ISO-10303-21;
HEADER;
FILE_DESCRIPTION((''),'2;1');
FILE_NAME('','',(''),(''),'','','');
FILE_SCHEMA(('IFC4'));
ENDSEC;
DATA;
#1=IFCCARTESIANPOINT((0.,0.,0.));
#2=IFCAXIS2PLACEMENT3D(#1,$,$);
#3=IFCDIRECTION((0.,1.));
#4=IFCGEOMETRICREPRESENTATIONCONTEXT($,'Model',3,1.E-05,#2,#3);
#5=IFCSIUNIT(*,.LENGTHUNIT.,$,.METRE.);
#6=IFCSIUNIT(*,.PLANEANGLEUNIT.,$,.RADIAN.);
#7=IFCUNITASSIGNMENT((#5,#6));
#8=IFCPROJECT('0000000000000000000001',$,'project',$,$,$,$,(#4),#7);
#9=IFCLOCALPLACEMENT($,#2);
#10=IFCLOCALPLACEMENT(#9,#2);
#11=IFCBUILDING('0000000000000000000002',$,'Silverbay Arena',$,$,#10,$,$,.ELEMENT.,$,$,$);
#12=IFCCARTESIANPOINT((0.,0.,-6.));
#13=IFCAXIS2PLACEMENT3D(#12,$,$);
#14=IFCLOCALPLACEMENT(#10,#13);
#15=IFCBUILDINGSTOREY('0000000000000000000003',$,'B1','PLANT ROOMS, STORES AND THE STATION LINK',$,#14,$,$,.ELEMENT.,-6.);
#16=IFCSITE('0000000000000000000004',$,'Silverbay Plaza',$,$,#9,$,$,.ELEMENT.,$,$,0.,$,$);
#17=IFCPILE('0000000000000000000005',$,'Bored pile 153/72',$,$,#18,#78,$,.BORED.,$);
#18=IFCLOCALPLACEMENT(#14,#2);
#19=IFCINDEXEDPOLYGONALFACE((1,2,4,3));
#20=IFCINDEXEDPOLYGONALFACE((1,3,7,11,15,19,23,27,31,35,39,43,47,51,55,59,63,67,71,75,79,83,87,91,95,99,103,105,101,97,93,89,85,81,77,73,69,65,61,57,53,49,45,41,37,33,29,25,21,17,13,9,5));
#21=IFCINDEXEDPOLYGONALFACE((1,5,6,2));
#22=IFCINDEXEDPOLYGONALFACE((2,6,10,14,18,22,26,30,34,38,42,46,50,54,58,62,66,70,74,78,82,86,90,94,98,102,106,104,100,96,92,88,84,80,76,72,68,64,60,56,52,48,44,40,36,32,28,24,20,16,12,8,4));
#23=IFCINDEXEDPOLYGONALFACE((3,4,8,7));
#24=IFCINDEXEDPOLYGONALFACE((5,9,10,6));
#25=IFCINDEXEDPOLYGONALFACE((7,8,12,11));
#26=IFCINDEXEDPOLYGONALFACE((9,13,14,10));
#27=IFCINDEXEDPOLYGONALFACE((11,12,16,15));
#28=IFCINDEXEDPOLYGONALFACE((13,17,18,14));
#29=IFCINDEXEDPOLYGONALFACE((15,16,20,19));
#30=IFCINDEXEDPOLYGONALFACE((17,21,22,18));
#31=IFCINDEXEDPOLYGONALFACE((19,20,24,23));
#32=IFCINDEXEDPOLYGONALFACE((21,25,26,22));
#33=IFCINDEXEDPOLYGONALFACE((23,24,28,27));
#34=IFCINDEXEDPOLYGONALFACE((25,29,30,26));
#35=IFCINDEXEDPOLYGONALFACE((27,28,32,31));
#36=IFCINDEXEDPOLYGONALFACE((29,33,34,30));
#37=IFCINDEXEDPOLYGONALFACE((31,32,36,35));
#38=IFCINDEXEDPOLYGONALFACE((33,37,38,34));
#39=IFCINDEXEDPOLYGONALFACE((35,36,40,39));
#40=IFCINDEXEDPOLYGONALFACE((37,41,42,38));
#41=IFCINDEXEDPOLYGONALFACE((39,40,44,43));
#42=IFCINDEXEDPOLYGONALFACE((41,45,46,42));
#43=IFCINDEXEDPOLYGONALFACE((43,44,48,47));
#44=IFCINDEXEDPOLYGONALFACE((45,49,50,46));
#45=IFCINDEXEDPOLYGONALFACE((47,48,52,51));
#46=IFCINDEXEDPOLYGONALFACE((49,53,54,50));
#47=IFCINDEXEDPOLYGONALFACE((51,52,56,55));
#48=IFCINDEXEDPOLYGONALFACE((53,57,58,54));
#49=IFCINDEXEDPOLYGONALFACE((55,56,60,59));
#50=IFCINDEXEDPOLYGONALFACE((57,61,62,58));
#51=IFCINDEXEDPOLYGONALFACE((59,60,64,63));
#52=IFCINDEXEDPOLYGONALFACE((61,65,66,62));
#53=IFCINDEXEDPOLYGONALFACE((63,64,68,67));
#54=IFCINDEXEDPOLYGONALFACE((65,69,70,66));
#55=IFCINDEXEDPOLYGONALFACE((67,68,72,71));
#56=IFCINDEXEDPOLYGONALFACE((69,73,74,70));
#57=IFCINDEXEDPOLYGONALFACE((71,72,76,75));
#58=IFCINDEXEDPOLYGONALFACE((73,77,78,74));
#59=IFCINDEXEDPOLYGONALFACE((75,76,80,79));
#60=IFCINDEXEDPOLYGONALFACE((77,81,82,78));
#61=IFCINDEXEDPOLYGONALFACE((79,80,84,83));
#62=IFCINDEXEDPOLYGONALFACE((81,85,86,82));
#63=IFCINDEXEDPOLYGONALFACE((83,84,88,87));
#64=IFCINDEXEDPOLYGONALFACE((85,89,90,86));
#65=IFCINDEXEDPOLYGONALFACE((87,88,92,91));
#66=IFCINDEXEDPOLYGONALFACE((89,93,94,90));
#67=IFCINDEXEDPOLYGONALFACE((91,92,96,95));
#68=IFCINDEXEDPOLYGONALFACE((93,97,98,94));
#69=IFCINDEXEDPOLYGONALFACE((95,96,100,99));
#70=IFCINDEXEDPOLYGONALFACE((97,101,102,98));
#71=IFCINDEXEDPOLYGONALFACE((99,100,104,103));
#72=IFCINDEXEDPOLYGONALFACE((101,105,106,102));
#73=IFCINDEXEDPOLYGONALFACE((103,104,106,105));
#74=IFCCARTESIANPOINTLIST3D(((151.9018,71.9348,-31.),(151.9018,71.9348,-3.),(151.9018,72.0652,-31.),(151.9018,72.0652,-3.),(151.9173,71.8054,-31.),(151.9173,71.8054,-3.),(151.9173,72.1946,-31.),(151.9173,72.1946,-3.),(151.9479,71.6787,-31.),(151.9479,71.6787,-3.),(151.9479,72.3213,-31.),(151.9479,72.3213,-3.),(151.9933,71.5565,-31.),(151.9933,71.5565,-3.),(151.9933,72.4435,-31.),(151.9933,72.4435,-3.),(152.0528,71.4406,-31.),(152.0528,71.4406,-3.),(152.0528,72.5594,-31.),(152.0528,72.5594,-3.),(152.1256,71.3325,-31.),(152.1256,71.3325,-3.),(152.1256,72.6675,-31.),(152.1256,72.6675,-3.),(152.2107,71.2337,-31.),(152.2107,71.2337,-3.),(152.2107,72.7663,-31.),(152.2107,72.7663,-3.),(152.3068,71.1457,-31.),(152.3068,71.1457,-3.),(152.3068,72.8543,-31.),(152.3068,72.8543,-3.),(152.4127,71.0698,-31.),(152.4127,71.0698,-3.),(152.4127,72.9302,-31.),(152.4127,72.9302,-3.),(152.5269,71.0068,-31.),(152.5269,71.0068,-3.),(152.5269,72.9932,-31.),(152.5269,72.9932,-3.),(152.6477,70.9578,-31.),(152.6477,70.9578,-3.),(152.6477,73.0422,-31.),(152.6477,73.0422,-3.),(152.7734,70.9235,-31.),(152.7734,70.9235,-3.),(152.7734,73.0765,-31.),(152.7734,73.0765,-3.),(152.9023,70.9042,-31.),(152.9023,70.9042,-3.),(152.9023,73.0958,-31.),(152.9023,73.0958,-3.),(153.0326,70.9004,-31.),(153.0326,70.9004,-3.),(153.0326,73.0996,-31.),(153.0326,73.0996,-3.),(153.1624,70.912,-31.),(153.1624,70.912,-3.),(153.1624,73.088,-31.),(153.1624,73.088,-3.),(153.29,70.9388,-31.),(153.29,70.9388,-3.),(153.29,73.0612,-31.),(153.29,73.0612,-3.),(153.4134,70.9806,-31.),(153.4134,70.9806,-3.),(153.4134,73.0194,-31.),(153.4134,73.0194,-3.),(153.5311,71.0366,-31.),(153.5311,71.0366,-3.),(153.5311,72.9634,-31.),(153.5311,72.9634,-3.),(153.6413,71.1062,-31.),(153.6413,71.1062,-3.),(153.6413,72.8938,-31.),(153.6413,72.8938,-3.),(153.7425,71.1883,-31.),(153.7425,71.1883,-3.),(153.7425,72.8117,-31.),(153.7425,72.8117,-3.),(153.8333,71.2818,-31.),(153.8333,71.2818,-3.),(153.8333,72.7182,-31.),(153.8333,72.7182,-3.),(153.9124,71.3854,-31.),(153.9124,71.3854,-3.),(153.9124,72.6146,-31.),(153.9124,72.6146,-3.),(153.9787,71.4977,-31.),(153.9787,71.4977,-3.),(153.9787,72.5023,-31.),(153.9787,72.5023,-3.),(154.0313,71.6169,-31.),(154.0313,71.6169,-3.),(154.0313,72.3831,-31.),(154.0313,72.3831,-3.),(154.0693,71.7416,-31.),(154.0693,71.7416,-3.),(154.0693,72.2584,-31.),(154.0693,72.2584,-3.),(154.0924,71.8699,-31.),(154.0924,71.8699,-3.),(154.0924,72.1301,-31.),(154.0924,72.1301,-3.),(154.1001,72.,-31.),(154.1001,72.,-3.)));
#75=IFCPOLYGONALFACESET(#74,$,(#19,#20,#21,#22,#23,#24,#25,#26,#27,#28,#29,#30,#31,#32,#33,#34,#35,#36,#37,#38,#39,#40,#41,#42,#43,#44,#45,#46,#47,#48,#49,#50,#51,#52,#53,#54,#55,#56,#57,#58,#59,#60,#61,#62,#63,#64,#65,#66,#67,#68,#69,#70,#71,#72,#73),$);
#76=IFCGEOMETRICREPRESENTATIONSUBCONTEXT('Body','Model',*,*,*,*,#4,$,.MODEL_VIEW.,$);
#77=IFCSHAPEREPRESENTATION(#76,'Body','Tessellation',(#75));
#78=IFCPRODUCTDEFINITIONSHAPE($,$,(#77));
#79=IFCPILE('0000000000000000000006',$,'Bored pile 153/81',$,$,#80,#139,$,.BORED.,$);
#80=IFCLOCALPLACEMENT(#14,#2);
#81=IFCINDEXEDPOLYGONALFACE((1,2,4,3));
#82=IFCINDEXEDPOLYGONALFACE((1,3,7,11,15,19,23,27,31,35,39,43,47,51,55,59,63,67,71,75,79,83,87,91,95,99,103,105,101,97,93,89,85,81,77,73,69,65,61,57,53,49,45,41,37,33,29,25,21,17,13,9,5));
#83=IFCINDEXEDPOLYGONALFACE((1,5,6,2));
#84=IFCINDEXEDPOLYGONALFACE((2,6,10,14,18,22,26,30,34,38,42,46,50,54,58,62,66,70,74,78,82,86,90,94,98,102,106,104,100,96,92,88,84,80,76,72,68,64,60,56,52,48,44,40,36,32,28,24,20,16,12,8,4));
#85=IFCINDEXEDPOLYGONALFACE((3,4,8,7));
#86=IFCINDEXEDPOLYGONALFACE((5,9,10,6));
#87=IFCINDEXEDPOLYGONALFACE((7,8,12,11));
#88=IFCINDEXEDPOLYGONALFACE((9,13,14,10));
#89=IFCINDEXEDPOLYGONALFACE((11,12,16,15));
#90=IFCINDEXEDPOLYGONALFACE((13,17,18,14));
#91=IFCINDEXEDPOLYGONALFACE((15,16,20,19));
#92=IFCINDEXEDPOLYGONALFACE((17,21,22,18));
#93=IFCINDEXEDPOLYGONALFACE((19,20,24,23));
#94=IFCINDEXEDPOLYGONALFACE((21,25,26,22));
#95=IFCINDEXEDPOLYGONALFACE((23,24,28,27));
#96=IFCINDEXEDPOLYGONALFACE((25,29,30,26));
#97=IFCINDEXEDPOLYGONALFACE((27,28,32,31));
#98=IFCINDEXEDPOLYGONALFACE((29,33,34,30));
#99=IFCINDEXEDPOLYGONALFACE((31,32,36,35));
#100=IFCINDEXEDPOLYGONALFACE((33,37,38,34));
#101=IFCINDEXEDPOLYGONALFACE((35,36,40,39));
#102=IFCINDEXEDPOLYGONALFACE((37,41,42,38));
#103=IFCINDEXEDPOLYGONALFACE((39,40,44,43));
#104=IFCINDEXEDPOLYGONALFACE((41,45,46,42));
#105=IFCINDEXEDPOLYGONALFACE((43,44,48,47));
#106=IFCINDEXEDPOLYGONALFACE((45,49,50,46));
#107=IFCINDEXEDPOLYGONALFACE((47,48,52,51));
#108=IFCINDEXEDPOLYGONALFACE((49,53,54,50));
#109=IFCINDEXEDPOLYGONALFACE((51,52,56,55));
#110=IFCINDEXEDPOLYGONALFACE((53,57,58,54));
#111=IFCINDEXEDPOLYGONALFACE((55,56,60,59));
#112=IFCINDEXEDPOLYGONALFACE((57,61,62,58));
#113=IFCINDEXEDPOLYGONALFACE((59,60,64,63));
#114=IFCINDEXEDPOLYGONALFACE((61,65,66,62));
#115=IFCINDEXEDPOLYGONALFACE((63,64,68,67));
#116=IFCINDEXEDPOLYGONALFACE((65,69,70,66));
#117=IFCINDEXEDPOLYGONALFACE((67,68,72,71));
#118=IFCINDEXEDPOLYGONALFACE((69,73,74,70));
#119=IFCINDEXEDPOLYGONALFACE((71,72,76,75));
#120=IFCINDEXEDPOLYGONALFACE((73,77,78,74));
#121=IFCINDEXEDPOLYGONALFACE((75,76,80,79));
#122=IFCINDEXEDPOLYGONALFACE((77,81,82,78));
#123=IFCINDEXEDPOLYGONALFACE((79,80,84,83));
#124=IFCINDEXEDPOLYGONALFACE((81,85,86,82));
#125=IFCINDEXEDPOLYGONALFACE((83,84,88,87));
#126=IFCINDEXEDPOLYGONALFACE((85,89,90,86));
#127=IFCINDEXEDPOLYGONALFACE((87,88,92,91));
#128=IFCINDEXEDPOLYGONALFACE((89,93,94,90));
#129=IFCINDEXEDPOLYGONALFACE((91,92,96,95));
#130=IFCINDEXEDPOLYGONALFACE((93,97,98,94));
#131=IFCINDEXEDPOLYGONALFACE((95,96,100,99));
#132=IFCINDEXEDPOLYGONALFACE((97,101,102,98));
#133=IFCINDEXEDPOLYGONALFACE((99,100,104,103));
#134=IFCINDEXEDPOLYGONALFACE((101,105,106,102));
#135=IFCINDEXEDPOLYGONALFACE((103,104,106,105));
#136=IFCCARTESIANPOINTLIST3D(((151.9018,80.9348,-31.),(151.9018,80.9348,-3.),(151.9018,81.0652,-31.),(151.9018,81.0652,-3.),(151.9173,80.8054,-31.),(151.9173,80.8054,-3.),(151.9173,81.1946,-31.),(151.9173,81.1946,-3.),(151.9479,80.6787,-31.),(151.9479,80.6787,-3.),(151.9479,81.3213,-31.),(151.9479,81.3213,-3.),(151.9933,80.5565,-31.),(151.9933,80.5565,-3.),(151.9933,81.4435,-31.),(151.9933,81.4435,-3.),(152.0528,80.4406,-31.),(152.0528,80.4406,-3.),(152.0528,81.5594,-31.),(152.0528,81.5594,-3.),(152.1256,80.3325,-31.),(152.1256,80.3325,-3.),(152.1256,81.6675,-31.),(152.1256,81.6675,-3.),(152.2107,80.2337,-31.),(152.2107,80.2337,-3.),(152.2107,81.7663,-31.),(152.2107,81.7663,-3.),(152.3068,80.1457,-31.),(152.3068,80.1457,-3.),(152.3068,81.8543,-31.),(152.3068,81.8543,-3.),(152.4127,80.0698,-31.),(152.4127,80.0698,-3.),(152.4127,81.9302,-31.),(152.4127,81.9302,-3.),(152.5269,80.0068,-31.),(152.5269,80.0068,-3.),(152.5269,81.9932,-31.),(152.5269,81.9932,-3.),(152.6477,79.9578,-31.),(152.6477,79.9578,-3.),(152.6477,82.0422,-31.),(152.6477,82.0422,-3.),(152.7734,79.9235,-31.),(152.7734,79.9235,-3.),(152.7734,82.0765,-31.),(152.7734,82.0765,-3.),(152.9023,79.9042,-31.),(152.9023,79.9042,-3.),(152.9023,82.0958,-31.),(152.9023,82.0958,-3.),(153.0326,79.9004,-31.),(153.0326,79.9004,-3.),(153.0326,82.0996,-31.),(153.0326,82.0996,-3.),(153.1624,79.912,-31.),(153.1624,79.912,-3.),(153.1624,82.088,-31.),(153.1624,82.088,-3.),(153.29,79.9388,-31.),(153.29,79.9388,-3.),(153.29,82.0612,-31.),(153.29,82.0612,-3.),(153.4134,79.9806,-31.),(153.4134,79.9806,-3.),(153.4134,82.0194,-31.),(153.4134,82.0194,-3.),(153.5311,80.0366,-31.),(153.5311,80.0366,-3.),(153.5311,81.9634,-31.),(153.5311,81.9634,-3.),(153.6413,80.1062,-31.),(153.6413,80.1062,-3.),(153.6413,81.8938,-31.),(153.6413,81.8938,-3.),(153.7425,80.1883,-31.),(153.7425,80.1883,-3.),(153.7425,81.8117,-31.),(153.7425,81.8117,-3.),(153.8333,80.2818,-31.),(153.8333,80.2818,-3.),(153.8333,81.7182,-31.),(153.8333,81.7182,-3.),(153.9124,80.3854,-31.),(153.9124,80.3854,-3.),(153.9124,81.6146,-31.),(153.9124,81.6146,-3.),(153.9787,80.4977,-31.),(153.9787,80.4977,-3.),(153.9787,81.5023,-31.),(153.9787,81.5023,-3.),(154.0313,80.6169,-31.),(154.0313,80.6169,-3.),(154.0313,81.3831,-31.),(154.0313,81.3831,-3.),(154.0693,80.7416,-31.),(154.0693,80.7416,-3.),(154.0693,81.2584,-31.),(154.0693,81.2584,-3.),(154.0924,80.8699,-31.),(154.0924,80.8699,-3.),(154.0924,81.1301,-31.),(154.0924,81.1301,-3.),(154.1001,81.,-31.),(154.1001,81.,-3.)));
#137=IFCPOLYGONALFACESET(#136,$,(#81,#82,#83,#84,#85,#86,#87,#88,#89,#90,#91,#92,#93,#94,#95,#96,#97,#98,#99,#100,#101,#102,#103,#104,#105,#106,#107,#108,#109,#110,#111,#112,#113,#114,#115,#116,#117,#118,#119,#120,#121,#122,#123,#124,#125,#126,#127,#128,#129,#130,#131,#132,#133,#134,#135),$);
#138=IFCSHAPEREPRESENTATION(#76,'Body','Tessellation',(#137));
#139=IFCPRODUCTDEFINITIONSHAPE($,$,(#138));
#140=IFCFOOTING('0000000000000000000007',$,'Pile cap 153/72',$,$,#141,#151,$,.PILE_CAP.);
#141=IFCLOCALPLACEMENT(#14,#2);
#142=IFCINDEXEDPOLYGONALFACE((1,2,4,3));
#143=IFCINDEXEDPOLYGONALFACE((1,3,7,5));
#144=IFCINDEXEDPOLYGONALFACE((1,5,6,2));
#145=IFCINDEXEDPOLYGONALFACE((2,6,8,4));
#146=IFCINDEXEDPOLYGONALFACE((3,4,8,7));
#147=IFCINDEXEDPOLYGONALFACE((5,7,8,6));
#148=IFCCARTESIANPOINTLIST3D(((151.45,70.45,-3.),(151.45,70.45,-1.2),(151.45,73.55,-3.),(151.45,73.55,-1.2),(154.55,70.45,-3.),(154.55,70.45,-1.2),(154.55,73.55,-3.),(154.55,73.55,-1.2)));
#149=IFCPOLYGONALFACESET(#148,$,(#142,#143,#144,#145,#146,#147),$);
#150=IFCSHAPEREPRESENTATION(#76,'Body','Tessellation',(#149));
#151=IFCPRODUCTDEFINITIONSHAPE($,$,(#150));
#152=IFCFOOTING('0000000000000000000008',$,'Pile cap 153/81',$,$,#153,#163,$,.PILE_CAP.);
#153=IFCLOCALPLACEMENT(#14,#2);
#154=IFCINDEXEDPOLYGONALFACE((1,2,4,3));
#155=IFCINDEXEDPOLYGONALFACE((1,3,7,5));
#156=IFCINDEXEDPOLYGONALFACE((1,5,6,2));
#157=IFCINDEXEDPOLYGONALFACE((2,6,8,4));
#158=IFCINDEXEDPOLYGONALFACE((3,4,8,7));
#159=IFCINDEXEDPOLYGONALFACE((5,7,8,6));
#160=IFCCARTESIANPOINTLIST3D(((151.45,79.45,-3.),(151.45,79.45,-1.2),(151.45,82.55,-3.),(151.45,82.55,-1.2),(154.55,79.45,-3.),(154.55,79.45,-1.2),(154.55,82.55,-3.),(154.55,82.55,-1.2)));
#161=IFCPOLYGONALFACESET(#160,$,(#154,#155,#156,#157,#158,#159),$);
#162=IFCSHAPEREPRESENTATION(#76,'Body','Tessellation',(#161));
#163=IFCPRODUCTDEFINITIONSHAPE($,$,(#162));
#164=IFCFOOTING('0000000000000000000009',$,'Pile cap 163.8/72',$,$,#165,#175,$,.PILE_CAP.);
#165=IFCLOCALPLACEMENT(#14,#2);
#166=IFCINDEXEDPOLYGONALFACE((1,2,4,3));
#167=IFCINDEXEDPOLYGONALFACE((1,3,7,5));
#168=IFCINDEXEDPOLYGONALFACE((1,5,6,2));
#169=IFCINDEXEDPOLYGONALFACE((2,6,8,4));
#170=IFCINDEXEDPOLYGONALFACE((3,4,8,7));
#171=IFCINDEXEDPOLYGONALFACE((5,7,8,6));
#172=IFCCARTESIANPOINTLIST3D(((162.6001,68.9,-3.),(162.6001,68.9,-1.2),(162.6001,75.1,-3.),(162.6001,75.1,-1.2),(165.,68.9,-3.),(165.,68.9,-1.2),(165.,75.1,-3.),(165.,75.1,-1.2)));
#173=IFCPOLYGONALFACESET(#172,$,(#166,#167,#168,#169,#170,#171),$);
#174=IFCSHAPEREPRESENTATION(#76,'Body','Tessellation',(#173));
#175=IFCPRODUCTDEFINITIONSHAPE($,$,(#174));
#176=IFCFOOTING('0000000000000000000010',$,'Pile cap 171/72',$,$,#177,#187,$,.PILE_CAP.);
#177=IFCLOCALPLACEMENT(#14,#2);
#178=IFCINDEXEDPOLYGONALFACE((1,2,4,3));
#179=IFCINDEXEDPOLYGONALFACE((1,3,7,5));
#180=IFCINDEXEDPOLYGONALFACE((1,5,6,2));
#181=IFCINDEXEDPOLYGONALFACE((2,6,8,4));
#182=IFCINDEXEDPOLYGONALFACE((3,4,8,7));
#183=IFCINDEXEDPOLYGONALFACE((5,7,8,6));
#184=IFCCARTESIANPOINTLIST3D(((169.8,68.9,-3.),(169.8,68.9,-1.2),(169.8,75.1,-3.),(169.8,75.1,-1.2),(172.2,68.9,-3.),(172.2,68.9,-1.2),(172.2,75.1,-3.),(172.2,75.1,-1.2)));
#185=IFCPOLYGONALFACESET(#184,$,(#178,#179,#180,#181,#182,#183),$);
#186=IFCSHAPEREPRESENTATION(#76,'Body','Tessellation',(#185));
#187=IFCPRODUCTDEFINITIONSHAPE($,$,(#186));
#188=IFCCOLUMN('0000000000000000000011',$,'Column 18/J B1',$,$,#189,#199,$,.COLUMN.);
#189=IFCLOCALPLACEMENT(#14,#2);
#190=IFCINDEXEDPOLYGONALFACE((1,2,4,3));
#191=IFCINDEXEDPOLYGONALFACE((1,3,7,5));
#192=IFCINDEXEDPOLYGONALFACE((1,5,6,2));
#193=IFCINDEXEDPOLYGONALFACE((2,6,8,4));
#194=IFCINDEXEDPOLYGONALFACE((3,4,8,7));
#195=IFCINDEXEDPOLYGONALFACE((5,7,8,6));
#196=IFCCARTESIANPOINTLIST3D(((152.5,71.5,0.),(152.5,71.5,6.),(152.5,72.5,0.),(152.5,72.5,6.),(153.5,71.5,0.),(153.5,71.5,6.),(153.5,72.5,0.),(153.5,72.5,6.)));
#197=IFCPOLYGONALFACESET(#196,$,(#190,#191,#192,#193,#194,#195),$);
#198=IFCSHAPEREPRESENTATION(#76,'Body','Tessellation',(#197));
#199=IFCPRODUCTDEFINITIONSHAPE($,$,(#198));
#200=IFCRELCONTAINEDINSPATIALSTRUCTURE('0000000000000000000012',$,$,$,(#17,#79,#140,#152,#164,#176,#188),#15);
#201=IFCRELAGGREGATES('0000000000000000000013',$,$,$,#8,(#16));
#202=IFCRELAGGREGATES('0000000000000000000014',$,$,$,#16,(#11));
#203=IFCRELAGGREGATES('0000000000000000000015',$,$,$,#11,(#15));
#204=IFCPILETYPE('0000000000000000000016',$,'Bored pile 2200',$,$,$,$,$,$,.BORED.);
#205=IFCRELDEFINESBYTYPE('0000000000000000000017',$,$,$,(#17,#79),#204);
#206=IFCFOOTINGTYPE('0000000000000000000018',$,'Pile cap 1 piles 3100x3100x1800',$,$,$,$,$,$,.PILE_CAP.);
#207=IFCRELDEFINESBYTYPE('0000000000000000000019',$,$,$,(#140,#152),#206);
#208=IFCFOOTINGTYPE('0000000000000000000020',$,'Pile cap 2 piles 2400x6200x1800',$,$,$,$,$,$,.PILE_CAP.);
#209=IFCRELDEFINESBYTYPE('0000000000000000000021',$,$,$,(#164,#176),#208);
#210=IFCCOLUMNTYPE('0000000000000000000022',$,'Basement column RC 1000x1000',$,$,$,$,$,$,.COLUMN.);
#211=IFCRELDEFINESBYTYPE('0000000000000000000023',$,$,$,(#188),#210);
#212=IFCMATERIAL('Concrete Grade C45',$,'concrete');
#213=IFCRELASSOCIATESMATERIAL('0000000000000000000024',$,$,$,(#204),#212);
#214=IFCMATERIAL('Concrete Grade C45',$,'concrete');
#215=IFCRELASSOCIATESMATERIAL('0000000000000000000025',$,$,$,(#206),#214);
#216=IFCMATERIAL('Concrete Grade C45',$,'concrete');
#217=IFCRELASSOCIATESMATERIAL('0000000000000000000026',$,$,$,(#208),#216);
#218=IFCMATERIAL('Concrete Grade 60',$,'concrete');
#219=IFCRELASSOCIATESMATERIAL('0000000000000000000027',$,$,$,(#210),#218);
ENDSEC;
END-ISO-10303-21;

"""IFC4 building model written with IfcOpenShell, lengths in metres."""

from ifc_helpers import new_model, si_unit, direction, frame, origin, origin_2d, place, context, subcontext, project, spatial, rectangle, circle, extrude, material, material_profile, profile_set, type_object, element, save


model = new_model("IFC4")

# Units and contexts
model_context = context("Model", 3, precision=1e-05, world=origin(), true_north=direction((0.0, 1.0)))
body_context = subcontext(model_context, "Body", "Model", "MODEL_VIEW")
ifc_project = project(units=[si_unit("LENGTHUNIT", "METRE"), si_unit("PLANEANGLEUNIT", "RADIAN")], contexts=[model_context])

# Site, building, storey
site_placement = place(None, origin())
site = spatial("IfcSite", under=ifc_project, at=site_placement, Name="Silverbay Plaza", CompositionType="ELEMENT", RefElevation=0.0)
building_placement = place(site_placement, origin())
building = spatial("IfcBuilding", under=site, at=building_placement, Name="Silverbay Arena", CompositionType="ELEMENT")
storey_placement = place(building_placement, frame((0.0, 0.0, -6.0)))
storey = spatial("IfcBuildingStorey", under=building, at=storey_placement, Name="B1", Description="PLANT ROOMS, STORES AND THE STATION LINK", CompositionType="ELEMENT", Elevation=-6.0)

# Piles
ifc_material_1 = material(Name="Concrete Grade C45", Category="concrete")
ifc_material_profile_1 = material_profile(ifc_material_1, circle(Radius=1.1001, at=origin_2d()), Name="Bored pile 2200")
ifc_profile_set_1 = profile_set([ifc_material_profile_1], Name="Concrete Grade C45")
pile_type_1 = type_object("IfcPileType", Name="Bored pile 2200", PredefinedType="BORED", material=ifc_profile_set_1)
for number, where, z_axis, x_axis, name in (
    (1, (153.0, 72.0, -3.0), (0.0, 0.0, -1.0), (1.0, 0.0, 0.0), "Bored pile 153/72"),
    (2, (153.0, 81.0, -3.0), (0.0, 0.0, -1.0), (1.0, 0.0, 0.0), "Bored pile 153/81"),
):
    element("IfcPile", number, at=place(storey_placement, frame(where, z_axis=z_axis, x_axis=x_axis)), inside=storey, type_object=pile_type_1, Name=name, PredefinedType="BORED", context=body_context, shape_type="SweptSolid", body=[
        extrude(circle(Radius=1.1001, at=origin_2d()), origin(), (0.0, 0.0, 1.0), 28.0),
    ])

# Footings
ifc_material_2 = material(Name="Concrete Grade C45", Category="concrete")
footing_type_1 = type_object("IfcFootingType", Name="Pile cap 1 piles 3100x3100x1800", PredefinedType="PILE_CAP", material=ifc_material_2)
for number, where, z_axis, x_axis, name in (
    (3, (153.0, 72.0, -3.0), (0.0, 0.0, 1.0), (1.0, 0.0, 0.0), "Pile cap 153/72"),
    (4, (153.0, 81.0, -3.0), (0.0, 0.0, 1.0), (1.0, 0.0, 0.0), "Pile cap 153/81"),
):
    element("IfcFooting", number, at=place(storey_placement, frame(where, z_axis=z_axis, x_axis=x_axis)), inside=storey, type_object=footing_type_1, Name=name, PredefinedType="PILE_CAP", context=body_context, shape_type="SweptSolid", body=[
        extrude(rectangle(XDim=3.1001, YDim=3.1001, at=origin_2d()), origin(), (0.0, 0.0, 1.0), 1.8),
    ])
ifc_material_3 = material(Name="Concrete Grade C45", Category="concrete")
footing_type_2 = type_object("IfcFootingType", Name="Pile cap 2 piles 2400x6200x1800", PredefinedType="PILE_CAP", material=ifc_material_3)
for number, where, z_axis, x_axis, name in (
    (5, (163.8, 72.0, -3.0), (0.0, 0.0, 1.0), (1.0, 0.0, 0.0), "Pile cap 163.8/72"),
    (6, (171.0, 72.0, -3.0), (0.0, 0.0, 1.0), (1.0, 0.0, 0.0), "Pile cap 171/72"),
):
    element("IfcFooting", number, at=place(storey_placement, frame(where, z_axis=z_axis, x_axis=x_axis)), inside=storey, type_object=footing_type_2, Name=name, PredefinedType="PILE_CAP", context=body_context, shape_type="SweptSolid", body=[
        extrude(rectangle(XDim=2.3999, YDim=6.2, at=origin_2d()), origin(), (0.0, 0.0, 1.0), 1.8),
    ])

# Column
ifc_material_4 = material(Name="Concrete Grade 60", Category="concrete")
ifc_material_profile_2 = material_profile(ifc_material_4, rectangle(XDim=1.0, YDim=1.0, at=origin_2d()), Name="RC 1000x1000")
ifc_profile_set_2 = profile_set([ifc_material_profile_2], Name="Concrete Grade 60")
column_type_1 = type_object("IfcColumnType", Name="Basement column RC 1000x1000", PredefinedType="COLUMN", material=ifc_profile_set_2)
for number, where, z_axis, x_axis, name in (
    (7, (153.0, 72.0, 0.0), (0.0, 0.0, 1.0), (1.0, 0.0, 0.0), "Column 18/J B1"),
):
    element("IfcColumn", number, at=place(storey_placement, frame(where, z_axis=z_axis, x_axis=x_axis)), inside=storey, type_object=column_type_1, Name=name, PredefinedType="COLUMN", context=body_context, shape_type="SweptSolid", body=[
        extrude(rectangle(XDim=1.0, YDim=1.0, at=origin_2d()), origin(), (0.0, 0.0, 1.0), 6.0),
    ])

save(model, "model.ifc")
